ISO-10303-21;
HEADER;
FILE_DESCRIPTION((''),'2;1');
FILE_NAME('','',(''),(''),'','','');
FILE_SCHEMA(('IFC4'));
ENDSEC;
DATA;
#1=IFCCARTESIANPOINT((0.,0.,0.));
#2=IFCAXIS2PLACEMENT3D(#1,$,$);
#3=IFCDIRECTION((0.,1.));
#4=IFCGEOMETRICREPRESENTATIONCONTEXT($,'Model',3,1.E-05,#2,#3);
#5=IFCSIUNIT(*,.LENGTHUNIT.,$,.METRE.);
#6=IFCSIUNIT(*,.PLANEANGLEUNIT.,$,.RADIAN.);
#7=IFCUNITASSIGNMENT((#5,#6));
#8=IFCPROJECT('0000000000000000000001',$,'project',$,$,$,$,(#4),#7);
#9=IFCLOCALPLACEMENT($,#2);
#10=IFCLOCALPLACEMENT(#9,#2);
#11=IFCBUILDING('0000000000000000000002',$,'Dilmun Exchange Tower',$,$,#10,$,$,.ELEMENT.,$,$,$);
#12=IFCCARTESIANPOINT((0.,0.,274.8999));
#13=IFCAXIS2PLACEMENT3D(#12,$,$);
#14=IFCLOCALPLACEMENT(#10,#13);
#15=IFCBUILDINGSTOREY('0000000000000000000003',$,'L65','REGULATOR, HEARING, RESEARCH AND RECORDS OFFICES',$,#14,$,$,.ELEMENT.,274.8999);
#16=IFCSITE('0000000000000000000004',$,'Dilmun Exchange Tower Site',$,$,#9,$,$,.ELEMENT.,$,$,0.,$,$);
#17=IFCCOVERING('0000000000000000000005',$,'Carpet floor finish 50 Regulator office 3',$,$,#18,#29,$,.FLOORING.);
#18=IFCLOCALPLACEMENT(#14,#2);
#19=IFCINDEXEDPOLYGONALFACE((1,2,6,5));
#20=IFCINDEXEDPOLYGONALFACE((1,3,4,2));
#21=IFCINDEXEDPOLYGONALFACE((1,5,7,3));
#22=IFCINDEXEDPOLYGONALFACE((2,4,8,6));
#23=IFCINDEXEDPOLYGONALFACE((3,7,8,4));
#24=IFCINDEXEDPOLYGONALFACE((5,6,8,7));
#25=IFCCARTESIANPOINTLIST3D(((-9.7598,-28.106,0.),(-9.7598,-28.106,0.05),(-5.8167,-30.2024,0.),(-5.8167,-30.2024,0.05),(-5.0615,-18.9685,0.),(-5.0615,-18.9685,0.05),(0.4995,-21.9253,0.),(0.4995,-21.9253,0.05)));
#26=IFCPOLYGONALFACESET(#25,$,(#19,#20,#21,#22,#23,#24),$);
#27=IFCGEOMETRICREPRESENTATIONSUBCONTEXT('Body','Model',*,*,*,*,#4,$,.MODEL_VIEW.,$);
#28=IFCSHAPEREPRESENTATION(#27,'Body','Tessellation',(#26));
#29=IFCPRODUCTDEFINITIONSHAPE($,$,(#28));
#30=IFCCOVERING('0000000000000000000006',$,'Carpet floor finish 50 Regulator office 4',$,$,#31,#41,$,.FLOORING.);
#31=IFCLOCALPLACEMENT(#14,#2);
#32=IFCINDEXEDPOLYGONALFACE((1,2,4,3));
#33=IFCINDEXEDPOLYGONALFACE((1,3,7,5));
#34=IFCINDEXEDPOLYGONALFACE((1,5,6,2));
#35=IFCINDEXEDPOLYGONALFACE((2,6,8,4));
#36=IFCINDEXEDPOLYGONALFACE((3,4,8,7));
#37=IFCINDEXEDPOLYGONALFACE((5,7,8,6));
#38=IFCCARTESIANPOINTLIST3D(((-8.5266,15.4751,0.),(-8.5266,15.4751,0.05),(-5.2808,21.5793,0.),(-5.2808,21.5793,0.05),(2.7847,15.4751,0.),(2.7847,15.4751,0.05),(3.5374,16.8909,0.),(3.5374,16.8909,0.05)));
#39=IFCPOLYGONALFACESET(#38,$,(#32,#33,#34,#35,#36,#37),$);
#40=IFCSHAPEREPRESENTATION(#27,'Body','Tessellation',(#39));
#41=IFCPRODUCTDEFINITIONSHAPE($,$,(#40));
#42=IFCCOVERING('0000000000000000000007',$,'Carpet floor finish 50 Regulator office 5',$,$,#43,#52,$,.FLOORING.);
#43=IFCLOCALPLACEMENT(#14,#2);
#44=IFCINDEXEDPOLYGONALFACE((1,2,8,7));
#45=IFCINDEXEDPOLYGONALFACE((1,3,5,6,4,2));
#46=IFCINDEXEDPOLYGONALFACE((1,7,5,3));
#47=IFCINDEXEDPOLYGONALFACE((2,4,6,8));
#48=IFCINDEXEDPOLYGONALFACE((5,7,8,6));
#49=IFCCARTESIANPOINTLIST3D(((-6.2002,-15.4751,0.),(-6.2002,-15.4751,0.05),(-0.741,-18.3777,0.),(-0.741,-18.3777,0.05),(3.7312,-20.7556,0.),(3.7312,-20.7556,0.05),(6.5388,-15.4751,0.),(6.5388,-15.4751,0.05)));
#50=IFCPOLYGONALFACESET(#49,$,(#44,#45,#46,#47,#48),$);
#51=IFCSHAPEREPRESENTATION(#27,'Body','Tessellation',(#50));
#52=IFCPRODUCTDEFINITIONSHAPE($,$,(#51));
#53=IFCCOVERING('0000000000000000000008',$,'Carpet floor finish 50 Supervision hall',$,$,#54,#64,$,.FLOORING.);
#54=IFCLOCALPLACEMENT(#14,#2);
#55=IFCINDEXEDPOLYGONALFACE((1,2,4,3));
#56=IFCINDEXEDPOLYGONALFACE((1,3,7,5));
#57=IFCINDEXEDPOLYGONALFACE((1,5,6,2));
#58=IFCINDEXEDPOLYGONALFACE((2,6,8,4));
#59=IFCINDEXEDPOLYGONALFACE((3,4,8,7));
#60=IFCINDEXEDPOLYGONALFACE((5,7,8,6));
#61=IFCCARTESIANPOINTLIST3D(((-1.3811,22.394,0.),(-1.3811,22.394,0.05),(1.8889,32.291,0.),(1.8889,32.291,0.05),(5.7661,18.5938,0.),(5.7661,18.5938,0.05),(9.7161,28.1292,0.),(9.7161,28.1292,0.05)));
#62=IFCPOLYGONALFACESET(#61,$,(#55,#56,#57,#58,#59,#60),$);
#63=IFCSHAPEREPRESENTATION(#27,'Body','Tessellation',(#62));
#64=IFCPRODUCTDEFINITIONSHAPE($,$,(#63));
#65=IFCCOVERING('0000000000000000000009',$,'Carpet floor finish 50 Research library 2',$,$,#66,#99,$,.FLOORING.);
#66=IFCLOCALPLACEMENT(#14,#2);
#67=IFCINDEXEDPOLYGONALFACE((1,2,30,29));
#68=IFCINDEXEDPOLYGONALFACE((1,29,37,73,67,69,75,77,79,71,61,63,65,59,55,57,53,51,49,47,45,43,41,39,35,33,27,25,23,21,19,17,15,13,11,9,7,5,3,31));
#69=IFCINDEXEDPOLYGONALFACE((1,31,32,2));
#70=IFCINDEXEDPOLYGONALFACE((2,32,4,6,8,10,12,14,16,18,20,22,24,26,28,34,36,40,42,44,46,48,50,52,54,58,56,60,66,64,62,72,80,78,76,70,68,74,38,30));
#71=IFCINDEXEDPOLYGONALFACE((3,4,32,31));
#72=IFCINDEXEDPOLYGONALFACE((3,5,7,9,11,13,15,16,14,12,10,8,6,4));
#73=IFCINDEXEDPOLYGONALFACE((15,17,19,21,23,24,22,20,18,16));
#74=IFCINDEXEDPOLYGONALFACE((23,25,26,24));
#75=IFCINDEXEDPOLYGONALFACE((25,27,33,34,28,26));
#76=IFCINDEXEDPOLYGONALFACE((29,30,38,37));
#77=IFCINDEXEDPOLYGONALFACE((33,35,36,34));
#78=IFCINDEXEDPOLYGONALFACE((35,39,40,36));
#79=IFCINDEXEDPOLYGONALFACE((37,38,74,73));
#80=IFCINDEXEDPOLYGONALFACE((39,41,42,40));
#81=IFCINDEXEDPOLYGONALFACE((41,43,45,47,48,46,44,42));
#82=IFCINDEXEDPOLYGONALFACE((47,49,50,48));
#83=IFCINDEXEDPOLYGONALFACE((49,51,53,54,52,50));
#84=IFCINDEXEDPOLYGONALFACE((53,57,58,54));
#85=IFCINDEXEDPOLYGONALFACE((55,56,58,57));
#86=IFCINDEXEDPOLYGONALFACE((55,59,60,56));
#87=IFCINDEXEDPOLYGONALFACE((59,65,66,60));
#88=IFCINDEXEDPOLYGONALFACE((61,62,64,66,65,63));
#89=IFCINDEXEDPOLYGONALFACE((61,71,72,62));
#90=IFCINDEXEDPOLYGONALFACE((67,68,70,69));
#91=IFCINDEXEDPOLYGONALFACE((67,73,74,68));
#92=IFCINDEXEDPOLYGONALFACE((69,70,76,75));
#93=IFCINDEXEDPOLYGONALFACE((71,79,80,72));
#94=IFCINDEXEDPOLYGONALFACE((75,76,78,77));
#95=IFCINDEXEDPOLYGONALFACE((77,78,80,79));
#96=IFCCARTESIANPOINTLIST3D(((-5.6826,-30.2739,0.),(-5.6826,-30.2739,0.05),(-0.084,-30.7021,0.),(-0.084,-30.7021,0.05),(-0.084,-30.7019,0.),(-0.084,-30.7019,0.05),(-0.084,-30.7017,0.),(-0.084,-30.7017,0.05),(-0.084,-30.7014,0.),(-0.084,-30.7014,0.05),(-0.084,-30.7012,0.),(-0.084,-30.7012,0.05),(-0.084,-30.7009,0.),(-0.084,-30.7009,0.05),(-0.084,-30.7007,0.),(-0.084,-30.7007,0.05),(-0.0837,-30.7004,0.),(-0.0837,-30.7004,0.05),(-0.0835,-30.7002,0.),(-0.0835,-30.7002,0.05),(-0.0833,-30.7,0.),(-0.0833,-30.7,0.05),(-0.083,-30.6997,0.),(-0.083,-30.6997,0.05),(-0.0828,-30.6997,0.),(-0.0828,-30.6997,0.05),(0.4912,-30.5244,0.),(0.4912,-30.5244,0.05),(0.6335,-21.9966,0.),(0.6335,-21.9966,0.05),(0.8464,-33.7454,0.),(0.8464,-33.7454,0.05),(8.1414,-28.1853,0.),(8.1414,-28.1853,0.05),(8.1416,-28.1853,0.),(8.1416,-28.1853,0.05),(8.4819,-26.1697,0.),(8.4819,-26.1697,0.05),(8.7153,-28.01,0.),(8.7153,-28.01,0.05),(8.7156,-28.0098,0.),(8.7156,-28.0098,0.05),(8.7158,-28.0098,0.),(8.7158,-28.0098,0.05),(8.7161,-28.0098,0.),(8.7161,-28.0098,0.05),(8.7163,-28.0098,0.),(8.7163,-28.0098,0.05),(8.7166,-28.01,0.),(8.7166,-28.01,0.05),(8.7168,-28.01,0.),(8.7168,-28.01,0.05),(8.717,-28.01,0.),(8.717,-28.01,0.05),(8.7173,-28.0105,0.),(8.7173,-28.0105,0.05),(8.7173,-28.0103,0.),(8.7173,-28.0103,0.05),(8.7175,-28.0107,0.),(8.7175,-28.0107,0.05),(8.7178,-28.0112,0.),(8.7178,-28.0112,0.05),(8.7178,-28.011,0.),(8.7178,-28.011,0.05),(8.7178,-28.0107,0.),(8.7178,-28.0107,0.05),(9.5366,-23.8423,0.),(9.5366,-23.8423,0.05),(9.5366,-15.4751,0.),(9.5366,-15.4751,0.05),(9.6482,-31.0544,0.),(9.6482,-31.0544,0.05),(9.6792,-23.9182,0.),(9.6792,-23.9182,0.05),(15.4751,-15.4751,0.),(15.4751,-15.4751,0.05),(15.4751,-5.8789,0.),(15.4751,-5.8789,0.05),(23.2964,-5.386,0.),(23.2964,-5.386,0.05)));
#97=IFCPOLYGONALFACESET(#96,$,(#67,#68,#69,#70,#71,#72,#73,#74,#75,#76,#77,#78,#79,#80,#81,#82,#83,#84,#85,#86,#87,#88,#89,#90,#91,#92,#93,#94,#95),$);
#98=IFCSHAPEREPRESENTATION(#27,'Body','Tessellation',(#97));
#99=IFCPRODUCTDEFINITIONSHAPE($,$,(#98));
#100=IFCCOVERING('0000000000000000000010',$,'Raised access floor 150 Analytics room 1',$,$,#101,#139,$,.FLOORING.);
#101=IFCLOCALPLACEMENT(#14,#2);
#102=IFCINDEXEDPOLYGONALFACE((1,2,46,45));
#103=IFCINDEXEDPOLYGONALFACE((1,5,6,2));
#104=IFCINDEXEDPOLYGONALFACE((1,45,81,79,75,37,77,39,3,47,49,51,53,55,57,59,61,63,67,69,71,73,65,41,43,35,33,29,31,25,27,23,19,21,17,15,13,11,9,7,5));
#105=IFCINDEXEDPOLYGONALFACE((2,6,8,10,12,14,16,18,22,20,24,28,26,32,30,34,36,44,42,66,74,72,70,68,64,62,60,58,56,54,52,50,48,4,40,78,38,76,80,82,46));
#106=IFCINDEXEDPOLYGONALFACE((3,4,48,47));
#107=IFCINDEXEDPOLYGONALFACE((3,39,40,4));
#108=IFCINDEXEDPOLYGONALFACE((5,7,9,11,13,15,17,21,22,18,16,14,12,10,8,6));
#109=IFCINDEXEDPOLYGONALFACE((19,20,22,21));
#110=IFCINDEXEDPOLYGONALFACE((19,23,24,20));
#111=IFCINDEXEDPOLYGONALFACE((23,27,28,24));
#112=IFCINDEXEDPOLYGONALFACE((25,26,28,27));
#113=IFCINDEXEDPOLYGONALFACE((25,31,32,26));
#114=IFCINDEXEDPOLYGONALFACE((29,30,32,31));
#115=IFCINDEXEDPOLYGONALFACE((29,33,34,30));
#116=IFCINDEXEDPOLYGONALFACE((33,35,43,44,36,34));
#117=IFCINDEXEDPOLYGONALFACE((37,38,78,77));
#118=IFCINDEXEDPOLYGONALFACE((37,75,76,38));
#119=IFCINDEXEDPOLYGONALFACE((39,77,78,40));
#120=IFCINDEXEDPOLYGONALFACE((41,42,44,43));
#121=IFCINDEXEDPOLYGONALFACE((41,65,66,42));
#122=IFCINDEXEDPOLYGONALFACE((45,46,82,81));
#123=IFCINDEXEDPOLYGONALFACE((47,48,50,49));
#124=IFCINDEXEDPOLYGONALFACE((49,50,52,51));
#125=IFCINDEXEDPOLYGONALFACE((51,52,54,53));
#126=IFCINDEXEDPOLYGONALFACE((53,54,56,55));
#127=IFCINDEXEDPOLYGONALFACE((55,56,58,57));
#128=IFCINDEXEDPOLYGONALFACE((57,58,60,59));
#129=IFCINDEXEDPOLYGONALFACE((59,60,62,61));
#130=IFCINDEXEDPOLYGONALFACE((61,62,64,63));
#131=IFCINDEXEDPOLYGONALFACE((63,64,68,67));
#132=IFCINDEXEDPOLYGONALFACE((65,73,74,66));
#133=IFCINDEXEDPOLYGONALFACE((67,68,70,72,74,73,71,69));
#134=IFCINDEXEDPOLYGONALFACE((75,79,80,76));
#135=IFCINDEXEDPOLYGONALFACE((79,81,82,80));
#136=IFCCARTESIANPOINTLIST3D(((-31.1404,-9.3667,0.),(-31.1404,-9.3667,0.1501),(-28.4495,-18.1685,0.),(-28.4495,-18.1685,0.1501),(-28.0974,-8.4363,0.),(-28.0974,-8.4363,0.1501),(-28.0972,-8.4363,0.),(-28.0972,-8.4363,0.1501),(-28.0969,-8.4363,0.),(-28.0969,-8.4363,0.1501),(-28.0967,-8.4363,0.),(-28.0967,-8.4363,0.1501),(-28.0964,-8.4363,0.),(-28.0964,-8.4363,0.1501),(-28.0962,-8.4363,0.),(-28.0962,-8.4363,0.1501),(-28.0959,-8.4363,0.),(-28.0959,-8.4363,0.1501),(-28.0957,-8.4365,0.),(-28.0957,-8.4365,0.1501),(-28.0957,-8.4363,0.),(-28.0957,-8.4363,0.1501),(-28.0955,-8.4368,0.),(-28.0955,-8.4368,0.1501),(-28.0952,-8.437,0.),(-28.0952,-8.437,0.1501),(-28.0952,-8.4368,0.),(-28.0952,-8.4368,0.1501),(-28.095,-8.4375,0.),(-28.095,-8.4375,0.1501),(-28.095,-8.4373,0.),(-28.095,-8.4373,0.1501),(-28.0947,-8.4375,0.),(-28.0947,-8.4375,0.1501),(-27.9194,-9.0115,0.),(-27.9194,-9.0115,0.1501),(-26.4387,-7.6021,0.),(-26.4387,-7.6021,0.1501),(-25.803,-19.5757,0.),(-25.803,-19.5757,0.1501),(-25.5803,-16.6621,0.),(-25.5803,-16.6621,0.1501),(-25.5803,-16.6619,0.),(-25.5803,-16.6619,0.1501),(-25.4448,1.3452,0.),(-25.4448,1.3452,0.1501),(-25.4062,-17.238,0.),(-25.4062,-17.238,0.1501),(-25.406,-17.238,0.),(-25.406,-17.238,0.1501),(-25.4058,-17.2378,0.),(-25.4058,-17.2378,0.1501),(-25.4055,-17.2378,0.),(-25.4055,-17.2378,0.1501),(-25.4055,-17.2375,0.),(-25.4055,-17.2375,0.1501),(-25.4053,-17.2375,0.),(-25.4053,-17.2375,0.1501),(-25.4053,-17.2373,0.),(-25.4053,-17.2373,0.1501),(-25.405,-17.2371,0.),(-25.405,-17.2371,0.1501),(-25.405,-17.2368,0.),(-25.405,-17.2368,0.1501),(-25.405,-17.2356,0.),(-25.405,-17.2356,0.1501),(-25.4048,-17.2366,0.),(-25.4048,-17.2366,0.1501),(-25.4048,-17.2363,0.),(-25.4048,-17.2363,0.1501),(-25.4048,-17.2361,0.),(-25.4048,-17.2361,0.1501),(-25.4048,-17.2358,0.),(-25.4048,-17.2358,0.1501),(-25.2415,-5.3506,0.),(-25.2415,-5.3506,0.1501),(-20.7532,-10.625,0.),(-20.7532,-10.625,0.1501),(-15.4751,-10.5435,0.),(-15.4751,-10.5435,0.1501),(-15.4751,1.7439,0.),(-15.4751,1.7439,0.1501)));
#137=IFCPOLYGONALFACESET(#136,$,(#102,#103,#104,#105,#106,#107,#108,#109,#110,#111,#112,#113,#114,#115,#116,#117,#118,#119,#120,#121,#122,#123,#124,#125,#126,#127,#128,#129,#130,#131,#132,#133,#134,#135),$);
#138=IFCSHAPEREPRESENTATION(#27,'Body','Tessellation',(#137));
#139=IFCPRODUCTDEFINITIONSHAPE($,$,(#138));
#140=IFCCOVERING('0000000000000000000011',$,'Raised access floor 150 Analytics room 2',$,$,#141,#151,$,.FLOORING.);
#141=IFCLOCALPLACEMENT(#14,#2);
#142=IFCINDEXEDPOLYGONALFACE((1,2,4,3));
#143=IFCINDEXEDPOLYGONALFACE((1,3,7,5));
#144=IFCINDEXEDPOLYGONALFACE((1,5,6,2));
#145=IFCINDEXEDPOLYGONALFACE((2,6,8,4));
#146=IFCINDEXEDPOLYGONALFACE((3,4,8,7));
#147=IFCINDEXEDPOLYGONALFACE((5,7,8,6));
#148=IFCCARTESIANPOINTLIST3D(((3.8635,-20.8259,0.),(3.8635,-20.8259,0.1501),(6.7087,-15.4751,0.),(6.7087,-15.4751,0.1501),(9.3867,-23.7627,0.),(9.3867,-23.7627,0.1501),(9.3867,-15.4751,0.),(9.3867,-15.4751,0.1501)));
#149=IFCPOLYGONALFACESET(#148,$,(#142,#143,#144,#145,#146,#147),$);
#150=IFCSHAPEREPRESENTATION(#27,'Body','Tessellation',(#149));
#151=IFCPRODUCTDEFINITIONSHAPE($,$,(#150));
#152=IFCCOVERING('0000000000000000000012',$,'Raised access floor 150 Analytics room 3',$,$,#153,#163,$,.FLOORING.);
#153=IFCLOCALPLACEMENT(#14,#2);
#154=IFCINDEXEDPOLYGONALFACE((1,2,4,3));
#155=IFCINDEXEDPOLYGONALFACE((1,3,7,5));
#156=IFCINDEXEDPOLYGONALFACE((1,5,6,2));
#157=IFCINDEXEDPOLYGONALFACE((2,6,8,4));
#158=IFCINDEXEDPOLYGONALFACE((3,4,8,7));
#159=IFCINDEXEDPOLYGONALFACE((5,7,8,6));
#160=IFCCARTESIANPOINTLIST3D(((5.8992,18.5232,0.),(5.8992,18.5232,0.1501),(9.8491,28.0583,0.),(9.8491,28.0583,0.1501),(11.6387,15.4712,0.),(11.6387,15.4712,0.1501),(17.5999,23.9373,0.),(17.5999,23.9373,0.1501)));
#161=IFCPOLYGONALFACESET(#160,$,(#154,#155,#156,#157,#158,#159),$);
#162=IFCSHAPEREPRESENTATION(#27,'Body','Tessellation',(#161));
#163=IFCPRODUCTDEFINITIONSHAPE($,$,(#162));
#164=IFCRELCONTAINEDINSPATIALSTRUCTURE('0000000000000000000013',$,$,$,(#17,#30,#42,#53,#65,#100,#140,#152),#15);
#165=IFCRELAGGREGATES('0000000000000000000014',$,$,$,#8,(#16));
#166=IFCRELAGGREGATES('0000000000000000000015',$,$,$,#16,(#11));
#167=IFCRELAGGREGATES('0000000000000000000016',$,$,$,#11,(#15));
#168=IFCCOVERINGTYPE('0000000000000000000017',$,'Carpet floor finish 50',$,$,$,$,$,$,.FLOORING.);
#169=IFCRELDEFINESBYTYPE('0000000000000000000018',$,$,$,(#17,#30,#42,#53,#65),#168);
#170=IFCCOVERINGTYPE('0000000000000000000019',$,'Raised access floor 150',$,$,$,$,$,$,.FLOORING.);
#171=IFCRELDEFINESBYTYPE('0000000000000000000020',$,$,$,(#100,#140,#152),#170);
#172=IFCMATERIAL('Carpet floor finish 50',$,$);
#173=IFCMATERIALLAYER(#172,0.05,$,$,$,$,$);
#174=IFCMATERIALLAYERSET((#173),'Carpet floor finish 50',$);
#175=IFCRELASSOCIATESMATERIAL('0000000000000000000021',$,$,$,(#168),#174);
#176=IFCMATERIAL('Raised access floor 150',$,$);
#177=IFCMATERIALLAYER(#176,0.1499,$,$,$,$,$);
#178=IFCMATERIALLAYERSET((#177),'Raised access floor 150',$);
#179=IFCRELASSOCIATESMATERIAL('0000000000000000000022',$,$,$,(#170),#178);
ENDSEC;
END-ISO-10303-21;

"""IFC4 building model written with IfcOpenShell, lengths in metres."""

from ifc_helpers import new_model, si_unit, direction, frame, origin, place, context, subcontext, project, spatial, polyline, outline, extrude, material, layer, layer_set, type_object, element, save


model = new_model("IFC4")

# Units and contexts
model_context = context("Model", 3, precision=1e-05, world=origin(), true_north=direction((0.0, 1.0)))
body_context = subcontext(model_context, "Body", "Model", "MODEL_VIEW")
ifc_project = project(units=[si_unit("LENGTHUNIT", "METRE"), si_unit("PLANEANGLEUNIT", "RADIAN")], contexts=[model_context])

# Site, building, storey
site_placement = place(None, origin())
site = spatial("IfcSite", under=ifc_project, at=site_placement, Name="Dilmun Exchange Tower Site", CompositionType="ELEMENT", RefElevation=0.0)
building_placement = place(site_placement, origin())
building = spatial("IfcBuilding", under=site, at=building_placement, Name="Dilmun Exchange Tower", CompositionType="ELEMENT")
storey_placement = place(building_placement, frame((0.0, 0.0, 274.8999)))
storey = spatial("IfcBuildingStorey", under=building, at=storey_placement, Name="L65", Description="REGULATOR, HEARING, RESEARCH AND RECORDS OFFICES", CompositionType="ELEMENT", Elevation=274.8999)

# Coverings
ifc_material_1 = material(Name="Carpet floor finish 50")
ifc_layer_1 = layer(ifc_material_1, 0.05)
ifc_layer_set_1 = layer_set([ifc_layer_1], Name="Carpet floor finish 50")
covering_type_1 = type_object("IfcCoveringType", Name="Carpet floor finish 50", PredefinedType="FLOORING", material=ifc_layer_set_1)
covering_1_placement = place(storey_placement, origin())
element("IfcCovering", 1, at=covering_1_placement, inside=storey, type_object=covering_type_1, Name="Carpet floor finish 50 Regulator office 3", PredefinedType="FLOORING", context=body_context, shape_type="SweptSolid", body=[
    extrude(outline(polyline([(0.4995, -21.9253), (-5.8167, -30.2024), (-9.7598, -28.106), (-5.0615, -18.9685), (0.4995, -21.9253)])), origin(), (0.0, 0.0, 1.0), 0.05),
])
covering_2_placement = place(storey_placement, origin())
element("IfcCovering", 2, at=covering_2_placement, inside=storey, type_object=covering_type_1, Name="Carpet floor finish 50 Regulator office 4", PredefinedType="FLOORING", context=body_context, shape_type="SweptSolid", body=[
    extrude(outline(polyline([(3.5374, 16.8909), (2.7847, 15.4751), (-8.5266, 15.4751), (-5.2808, 21.5793), (3.5374, 16.8909)])), origin(), (0.0, 0.0, 1.0), 0.05),
])
covering_3_placement = place(storey_placement, origin())
element("IfcCovering", 3, at=covering_3_placement, inside=storey, type_object=covering_type_1, Name="Carpet floor finish 50 Regulator office 5", PredefinedType="FLOORING", context=body_context, shape_type="SweptSolid", body=[
    extrude(outline(polyline([(-0.741, -18.3777), (-6.2002, -15.4751), (6.5388, -15.4751), (3.7312, -20.7556), (-0.741, -18.3777)])), origin(), (0.0, 0.0, 1.0), 0.05),
])
covering_4_placement = place(storey_placement, origin())
element("IfcCovering", 4, at=covering_4_placement, inside=storey, type_object=covering_type_1, Name="Carpet floor finish 50 Supervision hall", PredefinedType="FLOORING", context=body_context, shape_type="SweptSolid", body=[
    extrude(outline(polyline([(1.8889, 32.291), (9.7161, 28.1292), (5.7661, 18.5938), (-1.3811, 22.394), (1.8889, 32.291)])), origin(), (0.0, 0.0, 1.0), 0.05),
])
covering_5_placement = place(storey_placement, origin())
element("IfcCovering", 5, at=covering_5_placement, inside=storey, type_object=covering_type_1, Name="Carpet floor finish 50 Research library 2", PredefinedType="FLOORING", context=body_context, shape_type="SweptSolid", body=[
    extrude(outline(polyline([(15.4751, -15.4751), (15.4751, -5.8789), (23.2964, -5.386), (9.6482, -31.0544), (8.7178, -28.0112), (8.7178, -28.011), (8.7178, -28.0107), (8.7175, -28.0107), (8.7173, -28.0105), (8.7173, -28.0105), (8.7173, -28.0103), (8.717, -28.01), (8.7168, -28.01), (8.7168, -28.01), (8.7166, -28.01), (8.7163, -28.0098), (8.7161, -28.0098), (8.7158, -28.0098), (8.7158, -28.0098), (8.7156, -28.0098), (8.7153, -28.01), (8.1416, -28.1853), (8.1414, -28.1853), (8.1414, -28.1853), (0.4912, -30.5244), (-0.0828, -30.6997), (-0.083, -30.6997), (-0.083, -30.6997), (-0.0833, -30.7), (-0.0835, -30.7002), (-0.0835, -30.7002), (-0.0835, -30.7002), (-0.0837, -30.7004), (-0.084, -30.7007), (-0.084, -30.7007), (-0.084, -30.7009), (-0.084, -30.7012), (-0.084, -30.7014), (-0.084, -30.7017), (-0.084, -30.7019), (-0.084, -30.7019), (-0.084, -30.7021), (0.8464, -33.7454), (-5.6826, -30.2739), (0.6335, -21.9966), (8.4819, -26.1697), (9.6792, -23.9182), (9.5366, -23.8423), (9.5366, -15.4751), (15.4751, -15.4751)])), origin(), (0.0, 0.0, 1.0), 0.05),
])
ifc_material_2 = material(Name="Raised access floor 150")
ifc_layer_2 = layer(ifc_material_2, 0.1499)
ifc_layer_set_2 = layer_set([ifc_layer_2], Name="Raised access floor 150")
covering_type_2 = type_object("IfcCoveringType", Name="Raised access floor 150", PredefinedType="FLOORING", material=ifc_layer_set_2)
covering_6_placement = place(storey_placement, origin())
element("IfcCovering", 6, at=covering_6_placement, inside=storey, type_object=covering_type_2, Name="Raised access floor 150 Analytics room 1", PredefinedType="FLOORING", context=body_context, shape_type="SweptSolid", body=[
    extrude(outline(polyline([(-15.4751, 1.7439), (-15.4751, -10.5435), (-25.2415, -5.3506), (-26.4387, -7.6021), (-20.7532, -10.625), (-25.803, -19.5757), (-28.4495, -18.1685), (-25.4062, -17.238), (-25.406, -17.238), (-25.406, -17.238), (-25.4058, -17.2378), (-25.4055, -17.2378), (-25.4055, -17.2375), (-25.4053, -17.2375), (-25.4053, -17.2373), (-25.405, -17.2371), (-25.405, -17.2371), (-25.405, -17.2368), (-25.4048, -17.2366), (-25.4048, -17.2363), (-25.4048, -17.2361), (-25.4048, -17.2361), (-25.4048, -17.2358), (-25.405, -17.2356), (-25.5803, -16.6621), (-25.5803, -16.6619), (-27.9194, -9.0115), (-28.0947, -8.4375), (-28.095, -8.4375), (-28.095, -8.4373), (-28.0952, -8.437), (-28.0952, -8.437), (-28.0952, -8.4368), (-28.0955, -8.4368), (-28.0957, -8.4365), (-28.0957, -8.4363), (-28.0959, -8.4363), (-28.0962, -8.4363), (-28.0962, -8.4363), (-28.0964, -8.4363), (-28.0967, -8.4363), (-28.0969, -8.4363), (-28.0972, -8.4363), (-28.0974, -8.4363), (-31.1404, -9.3667), (-25.4448, 1.3452), (-15.4751, 1.7439)])), origin(), (0.0, 0.0, 1.0), 0.1501),
])
covering_7_placement = place(storey_placement, origin())
element("IfcCovering", 7, at=covering_7_placement, inside=storey, type_object=covering_type_2, Name="Raised access floor 150 Analytics room 2", PredefinedType="FLOORING", context=body_context, shape_type="SweptSolid", body=[
    extrude(outline(polyline([(9.3867, -15.4751), (9.3867, -23.7627), (3.8635, -20.8259), (6.7087, -15.4751), (9.3867, -15.4751)])), origin(), (0.0, 0.0, 1.0), 0.1501),
])
covering_8_placement = place(storey_placement, origin())
element("IfcCovering", 8, at=covering_8_placement, inside=storey, type_object=covering_type_2, Name="Raised access floor 150 Analytics room 3", PredefinedType="FLOORING", context=body_context, shape_type="SweptSolid", body=[
    extrude(outline(polyline([(5.8992, 18.5232), (9.8491, 28.0583), (17.5999, 23.9373), (11.6387, 15.4712), (5.8992, 18.5232)])), origin(), (0.0, 0.0, 1.0), 0.1501),
])

save(model, "model.ifc")
